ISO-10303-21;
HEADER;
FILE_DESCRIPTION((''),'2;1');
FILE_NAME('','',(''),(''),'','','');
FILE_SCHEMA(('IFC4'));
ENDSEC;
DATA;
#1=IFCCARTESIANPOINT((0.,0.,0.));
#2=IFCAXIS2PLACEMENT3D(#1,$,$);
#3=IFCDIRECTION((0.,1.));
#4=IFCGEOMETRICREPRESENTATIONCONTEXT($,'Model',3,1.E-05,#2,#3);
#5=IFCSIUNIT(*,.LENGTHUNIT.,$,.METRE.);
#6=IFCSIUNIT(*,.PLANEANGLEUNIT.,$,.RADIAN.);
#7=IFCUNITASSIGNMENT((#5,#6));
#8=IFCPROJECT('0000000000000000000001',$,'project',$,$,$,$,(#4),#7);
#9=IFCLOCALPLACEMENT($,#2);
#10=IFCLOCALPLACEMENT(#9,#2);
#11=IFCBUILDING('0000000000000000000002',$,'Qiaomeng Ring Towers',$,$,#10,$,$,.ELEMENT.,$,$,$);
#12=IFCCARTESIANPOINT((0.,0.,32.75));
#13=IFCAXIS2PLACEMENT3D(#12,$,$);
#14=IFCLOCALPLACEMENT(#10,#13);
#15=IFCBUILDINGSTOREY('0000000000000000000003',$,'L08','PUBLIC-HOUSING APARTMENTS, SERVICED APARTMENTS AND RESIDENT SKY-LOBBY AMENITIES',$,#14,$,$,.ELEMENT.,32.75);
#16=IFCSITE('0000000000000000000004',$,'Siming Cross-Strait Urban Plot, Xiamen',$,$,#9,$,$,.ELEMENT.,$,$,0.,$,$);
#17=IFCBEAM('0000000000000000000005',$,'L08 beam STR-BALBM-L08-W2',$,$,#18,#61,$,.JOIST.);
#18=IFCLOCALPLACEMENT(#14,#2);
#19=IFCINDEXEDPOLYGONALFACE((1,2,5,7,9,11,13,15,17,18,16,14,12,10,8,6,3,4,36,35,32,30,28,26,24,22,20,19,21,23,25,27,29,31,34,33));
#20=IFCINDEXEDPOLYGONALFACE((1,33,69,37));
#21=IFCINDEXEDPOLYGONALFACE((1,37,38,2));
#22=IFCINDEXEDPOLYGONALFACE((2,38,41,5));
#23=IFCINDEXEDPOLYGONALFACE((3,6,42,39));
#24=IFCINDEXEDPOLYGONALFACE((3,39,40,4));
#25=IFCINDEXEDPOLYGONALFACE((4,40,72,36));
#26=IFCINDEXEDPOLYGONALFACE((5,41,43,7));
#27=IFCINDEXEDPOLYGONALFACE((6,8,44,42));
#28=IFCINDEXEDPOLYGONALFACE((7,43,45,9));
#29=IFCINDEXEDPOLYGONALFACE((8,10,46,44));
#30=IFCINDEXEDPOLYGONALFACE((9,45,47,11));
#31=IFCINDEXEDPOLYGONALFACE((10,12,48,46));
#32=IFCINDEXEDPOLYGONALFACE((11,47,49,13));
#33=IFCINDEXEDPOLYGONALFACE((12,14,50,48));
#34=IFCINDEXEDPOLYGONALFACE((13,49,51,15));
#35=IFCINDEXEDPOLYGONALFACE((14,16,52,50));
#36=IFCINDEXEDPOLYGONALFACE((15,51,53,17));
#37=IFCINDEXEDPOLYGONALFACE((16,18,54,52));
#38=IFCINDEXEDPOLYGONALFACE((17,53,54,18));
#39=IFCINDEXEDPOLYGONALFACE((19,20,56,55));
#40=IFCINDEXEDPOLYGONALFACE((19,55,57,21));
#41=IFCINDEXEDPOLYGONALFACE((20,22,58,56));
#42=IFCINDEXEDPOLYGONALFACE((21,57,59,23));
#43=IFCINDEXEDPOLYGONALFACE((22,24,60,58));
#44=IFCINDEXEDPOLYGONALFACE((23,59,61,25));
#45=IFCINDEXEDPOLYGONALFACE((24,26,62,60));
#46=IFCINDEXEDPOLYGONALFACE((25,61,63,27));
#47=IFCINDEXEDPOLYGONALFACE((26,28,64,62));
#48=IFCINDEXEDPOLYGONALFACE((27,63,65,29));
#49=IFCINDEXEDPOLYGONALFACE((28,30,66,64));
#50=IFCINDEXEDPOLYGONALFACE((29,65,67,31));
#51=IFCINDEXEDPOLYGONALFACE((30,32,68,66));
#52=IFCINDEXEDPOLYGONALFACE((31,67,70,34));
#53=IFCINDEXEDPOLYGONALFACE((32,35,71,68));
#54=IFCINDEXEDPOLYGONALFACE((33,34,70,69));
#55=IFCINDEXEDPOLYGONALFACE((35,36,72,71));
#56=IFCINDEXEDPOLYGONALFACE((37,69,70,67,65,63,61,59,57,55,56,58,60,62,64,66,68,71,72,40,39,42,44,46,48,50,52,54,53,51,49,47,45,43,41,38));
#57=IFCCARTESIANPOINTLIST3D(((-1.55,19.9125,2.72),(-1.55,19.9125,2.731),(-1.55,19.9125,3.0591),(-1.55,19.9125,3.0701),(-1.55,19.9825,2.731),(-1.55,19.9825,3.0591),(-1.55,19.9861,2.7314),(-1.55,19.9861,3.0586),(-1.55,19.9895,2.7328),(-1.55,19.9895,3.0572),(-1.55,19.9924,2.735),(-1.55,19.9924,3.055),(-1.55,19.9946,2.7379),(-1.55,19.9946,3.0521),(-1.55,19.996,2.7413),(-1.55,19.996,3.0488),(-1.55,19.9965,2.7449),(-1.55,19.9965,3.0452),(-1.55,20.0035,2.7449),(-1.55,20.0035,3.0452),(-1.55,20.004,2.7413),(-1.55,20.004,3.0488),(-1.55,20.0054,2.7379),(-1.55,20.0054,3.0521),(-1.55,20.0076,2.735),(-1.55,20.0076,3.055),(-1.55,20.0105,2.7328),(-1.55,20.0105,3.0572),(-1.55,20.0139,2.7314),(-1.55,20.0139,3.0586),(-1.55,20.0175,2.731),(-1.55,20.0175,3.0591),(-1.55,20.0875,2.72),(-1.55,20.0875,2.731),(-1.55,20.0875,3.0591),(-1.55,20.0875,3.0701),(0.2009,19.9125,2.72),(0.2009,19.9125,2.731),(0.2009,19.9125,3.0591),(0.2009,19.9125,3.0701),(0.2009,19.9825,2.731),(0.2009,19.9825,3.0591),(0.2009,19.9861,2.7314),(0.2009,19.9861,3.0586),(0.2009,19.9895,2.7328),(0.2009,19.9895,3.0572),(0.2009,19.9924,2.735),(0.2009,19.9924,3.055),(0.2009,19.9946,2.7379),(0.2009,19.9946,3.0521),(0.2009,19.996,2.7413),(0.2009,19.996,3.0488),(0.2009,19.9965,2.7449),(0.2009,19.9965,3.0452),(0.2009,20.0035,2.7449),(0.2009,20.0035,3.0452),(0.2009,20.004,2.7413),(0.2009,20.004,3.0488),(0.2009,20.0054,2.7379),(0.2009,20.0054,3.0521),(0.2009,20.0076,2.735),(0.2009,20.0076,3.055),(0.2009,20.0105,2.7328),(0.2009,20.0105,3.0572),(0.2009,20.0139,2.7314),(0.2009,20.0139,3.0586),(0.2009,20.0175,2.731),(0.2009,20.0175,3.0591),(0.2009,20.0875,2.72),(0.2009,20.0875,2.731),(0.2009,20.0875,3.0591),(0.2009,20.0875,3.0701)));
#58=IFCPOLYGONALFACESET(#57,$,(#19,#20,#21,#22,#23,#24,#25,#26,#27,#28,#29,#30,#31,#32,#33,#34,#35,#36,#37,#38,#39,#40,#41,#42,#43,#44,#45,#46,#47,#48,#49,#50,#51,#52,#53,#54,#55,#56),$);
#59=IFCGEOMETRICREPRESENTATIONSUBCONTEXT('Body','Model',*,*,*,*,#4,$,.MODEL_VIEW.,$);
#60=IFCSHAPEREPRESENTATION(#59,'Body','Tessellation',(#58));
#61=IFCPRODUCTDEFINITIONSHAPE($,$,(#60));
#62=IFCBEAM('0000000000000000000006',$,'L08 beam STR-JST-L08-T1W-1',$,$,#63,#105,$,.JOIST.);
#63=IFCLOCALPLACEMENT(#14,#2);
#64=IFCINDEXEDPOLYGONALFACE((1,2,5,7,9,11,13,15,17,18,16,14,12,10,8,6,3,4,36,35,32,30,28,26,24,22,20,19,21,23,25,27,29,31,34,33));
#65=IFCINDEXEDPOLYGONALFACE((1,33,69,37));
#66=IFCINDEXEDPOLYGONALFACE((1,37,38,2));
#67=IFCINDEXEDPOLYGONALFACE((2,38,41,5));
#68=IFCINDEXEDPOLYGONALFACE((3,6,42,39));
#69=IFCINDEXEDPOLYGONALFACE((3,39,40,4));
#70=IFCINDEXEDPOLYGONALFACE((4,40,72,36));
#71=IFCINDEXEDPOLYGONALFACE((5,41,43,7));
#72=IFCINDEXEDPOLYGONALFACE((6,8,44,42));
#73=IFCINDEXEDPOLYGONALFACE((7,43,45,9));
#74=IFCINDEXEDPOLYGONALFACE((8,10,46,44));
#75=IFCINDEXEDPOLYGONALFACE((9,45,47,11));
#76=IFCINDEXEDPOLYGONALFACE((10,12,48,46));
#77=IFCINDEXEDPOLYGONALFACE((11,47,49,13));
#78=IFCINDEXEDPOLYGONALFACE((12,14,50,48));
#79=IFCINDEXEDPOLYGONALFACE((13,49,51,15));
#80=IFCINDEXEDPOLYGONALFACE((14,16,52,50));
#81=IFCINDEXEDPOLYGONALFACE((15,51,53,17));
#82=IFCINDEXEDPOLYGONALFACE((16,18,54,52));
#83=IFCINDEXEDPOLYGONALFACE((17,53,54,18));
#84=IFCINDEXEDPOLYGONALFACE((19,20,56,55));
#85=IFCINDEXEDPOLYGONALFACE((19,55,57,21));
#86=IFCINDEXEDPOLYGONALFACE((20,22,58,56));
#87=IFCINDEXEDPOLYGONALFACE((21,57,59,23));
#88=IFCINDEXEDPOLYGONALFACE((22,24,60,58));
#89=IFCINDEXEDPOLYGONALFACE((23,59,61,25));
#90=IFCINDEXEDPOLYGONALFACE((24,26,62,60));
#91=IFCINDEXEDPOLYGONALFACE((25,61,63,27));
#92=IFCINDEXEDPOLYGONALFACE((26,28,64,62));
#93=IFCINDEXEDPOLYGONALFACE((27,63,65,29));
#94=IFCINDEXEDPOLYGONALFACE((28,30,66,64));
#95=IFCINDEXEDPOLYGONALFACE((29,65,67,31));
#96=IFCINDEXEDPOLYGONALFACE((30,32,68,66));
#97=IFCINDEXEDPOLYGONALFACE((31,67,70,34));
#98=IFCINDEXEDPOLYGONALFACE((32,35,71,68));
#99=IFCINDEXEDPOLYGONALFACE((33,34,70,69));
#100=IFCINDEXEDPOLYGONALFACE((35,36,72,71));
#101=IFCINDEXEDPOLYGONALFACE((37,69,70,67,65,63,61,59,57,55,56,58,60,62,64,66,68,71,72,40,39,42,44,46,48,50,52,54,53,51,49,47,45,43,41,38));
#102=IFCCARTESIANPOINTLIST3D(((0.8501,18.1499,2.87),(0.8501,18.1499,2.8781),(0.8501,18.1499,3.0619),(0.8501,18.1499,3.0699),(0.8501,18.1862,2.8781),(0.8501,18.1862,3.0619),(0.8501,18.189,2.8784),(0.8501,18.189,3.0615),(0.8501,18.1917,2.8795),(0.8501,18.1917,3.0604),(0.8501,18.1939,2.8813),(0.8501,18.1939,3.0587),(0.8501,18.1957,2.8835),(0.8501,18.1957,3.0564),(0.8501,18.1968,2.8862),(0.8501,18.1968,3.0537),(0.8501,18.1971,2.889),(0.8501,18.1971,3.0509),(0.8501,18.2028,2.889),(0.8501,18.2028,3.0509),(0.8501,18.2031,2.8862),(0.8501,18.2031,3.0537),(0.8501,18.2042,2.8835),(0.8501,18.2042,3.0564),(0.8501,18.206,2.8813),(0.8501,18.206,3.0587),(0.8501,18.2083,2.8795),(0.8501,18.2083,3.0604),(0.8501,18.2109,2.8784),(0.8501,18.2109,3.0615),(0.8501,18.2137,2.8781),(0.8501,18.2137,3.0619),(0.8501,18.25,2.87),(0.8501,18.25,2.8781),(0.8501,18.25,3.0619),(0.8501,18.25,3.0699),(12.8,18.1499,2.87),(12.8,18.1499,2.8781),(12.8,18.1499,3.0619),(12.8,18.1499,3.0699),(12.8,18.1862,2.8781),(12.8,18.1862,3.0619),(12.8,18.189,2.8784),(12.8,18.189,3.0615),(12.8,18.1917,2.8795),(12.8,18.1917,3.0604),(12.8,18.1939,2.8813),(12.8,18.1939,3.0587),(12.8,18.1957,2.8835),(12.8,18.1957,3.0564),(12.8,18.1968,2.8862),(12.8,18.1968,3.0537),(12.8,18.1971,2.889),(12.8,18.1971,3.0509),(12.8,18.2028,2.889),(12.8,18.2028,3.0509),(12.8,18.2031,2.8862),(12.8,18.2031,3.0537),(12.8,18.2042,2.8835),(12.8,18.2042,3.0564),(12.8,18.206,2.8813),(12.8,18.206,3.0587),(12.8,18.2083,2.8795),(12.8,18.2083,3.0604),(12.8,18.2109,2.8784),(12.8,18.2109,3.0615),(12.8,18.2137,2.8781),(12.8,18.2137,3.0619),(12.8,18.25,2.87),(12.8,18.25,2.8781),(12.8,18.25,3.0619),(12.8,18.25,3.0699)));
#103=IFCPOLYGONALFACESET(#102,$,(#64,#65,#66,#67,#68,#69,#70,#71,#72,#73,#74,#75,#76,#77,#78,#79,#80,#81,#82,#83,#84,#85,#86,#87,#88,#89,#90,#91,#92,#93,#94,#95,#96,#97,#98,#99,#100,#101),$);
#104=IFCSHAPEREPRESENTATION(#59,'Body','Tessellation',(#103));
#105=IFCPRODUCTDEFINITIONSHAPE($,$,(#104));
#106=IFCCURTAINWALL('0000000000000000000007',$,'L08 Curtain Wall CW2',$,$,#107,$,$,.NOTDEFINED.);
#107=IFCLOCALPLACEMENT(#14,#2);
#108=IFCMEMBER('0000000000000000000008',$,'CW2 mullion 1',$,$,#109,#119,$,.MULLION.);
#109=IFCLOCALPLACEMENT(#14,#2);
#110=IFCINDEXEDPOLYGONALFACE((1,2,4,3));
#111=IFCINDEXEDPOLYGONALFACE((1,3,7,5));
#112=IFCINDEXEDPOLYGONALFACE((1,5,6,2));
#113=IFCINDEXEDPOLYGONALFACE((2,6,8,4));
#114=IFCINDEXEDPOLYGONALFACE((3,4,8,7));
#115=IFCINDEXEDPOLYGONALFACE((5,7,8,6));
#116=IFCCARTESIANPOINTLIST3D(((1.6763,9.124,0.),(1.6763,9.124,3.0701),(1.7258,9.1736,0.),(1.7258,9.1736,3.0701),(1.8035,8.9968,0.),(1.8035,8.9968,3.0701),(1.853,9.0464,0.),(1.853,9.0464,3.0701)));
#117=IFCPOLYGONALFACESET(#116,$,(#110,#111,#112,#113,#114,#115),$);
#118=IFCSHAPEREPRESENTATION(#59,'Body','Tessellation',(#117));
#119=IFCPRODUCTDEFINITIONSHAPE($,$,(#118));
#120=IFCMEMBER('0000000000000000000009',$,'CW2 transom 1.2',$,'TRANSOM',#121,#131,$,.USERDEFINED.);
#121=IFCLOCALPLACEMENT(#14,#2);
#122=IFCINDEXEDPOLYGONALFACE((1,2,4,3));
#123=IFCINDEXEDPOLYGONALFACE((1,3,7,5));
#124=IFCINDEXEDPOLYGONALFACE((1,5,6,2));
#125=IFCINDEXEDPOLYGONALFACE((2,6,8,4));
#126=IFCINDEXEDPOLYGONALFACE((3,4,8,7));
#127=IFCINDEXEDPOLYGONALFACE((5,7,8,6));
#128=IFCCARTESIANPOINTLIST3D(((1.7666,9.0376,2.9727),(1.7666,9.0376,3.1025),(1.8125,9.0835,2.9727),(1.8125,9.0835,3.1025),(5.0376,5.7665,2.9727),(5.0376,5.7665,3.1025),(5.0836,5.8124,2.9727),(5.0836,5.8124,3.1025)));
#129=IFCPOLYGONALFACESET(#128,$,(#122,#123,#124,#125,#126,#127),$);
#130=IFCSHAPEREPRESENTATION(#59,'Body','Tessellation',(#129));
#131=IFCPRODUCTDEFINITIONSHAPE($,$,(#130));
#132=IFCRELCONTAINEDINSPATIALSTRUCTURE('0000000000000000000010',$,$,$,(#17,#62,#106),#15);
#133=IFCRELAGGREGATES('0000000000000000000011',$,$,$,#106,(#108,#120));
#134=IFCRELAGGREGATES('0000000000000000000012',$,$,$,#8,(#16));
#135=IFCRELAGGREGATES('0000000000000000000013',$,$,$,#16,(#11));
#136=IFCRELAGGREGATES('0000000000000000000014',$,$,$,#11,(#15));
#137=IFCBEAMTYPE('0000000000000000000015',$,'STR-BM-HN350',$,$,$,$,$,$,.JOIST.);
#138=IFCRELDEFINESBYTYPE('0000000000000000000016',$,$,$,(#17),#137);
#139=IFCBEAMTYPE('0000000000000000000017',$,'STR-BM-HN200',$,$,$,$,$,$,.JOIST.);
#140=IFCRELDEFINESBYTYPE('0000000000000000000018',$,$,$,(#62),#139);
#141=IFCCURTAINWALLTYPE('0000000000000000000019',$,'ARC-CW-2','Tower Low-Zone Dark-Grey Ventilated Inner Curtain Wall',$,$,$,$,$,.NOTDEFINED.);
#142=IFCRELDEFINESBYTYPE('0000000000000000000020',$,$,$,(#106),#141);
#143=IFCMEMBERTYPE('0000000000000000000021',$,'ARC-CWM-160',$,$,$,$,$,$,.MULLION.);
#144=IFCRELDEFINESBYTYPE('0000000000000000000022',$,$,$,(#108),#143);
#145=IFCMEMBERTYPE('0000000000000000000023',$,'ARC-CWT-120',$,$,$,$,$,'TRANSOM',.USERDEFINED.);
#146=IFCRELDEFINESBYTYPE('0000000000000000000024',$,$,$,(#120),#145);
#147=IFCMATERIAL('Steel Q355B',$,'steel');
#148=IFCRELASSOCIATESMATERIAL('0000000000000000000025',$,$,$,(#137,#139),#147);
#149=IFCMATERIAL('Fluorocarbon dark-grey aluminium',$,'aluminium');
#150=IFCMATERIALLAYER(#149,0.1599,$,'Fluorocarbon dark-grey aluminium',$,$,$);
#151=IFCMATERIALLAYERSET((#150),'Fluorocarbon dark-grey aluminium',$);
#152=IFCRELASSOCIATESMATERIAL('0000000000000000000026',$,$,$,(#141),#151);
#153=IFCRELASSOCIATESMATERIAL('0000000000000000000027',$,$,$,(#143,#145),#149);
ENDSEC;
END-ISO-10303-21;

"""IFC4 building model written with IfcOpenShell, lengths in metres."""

from ifc_helpers import new_model, si_unit, direction, frame, origin, origin_2d, place, context, subcontext, project, spatial, rectangle, i_section, extrude, source, transform, mapped, material, layer, layer_set, material_profile, profile_set, type_object, element, aggregate, save


model = new_model("IFC4")

# Units and contexts
model_context = context("Model", 3, precision=1e-05, world=origin(), true_north=direction((0.0, 1.0)))
body_context = subcontext(model_context, "Body", "Model", "MODEL_VIEW")
ifc_project = project(units=[si_unit("LENGTHUNIT", "METRE"), si_unit("PLANEANGLEUNIT", "RADIAN")], contexts=[model_context])

# Site, building, storey
site_placement = place(None, origin())
site = spatial("IfcSite", under=ifc_project, at=site_placement, Name="Siming Cross-Strait Urban Plot, Xiamen", CompositionType="ELEMENT", RefElevation=0.0)
building_placement = place(site_placement, origin())
building = spatial("IfcBuilding", under=site, at=building_placement, Name="Qiaomeng Ring Towers", CompositionType="ELEMENT")
storey_placement = place(building_placement, frame((0.0, 0.0, 32.75)))
storey = spatial("IfcBuildingStorey", under=building, at=storey_placement, Name="L08", Description="PUBLIC-HOUSING APARTMENTS, SERVICED APARTMENTS AND RESIDENT SKY-LOBBY AMENITIES", CompositionType="ELEMENT", Elevation=32.75)

# Beams
ifc_material_1 = material(Name="Steel Q355B", Category="steel")
ifc_material_profile_1 = material_profile(ifc_material_1, i_section(OverallWidth=0.175, OverallDepth=0.3501, WebThickness=0.0071, FlangeThickness=0.011, FilletRadius=0.0139, at=origin_2d()), Name="HN 350x175x7x11")
ifc_profile_set_1 = profile_set([ifc_material_profile_1], Name="Steel Q355B")
beam_type_1 = type_object("IfcBeamType", Name="STR-BM-HN350", PredefinedType="JOIST", material=ifc_profile_set_1)
shared_shape_1 = source(origin(), body_context, "Body", "SweptSolid", [
    extrude(i_section(OverallWidth=0.175, OverallDepth=0.3501, WebThickness=0.0071, FlangeThickness=0.011, FilletRadius=0.0139, at=origin_2d()), origin(), (0.0, 0.0, 1.0), 1.751),
])
beam_1_placement = place(storey_placement, frame((-1.55, 20.0, 2.895), z_axis=(1.0, 0.0, 0.0), x_axis=(0.0, 1.0, 0.0)))
element("IfcBeam", 1, at=beam_1_placement, inside=storey, type_object=beam_type_1, Name="L08 beam STR-BALBM-L08-W2", PredefinedType="JOIST", context=body_context, shape_type="MappedRepresentation", body=[
    mapped(shared_shape_1, transform((0.0, 0.0, 0.0), x_axis=(1.0, 0.0, 0.0), y_axis=(0.0, 1.0, 0.0), z_axis=(0.0, 0.0, 1.0), scale=1.0)),
])
ifc_material_profile_2 = material_profile(ifc_material_1, i_section(OverallWidth=0.1001, OverallDepth=0.2, WebThickness=0.0056, FlangeThickness=0.0081, FilletRadius=0.011, at=origin_2d()), Name="HN 200x100x5.5x8")
ifc_profile_set_2 = profile_set([ifc_material_profile_2], Name="Steel Q355B")
beam_type_2 = type_object("IfcBeamType", Name="STR-BM-HN200", PredefinedType="JOIST", material=ifc_profile_set_2)
shared_shape_2 = source(origin(), body_context, "Body", "SweptSolid", [
    extrude(i_section(OverallWidth=0.1001, OverallDepth=0.2, WebThickness=0.0056, FlangeThickness=0.0081, FilletRadius=0.011, at=origin_2d()), origin(), (0.0, 0.0, 1.0), 11.95),
])
beam_2_placement = place(storey_placement, frame((0.8501, 18.2, 2.97), z_axis=(1.0, 0.0, 0.0), x_axis=(0.0, 1.0, 0.0)))
element("IfcBeam", 2, at=beam_2_placement, inside=storey, type_object=beam_type_2, Name="L08 beam STR-JST-L08-T1W-1", PredefinedType="JOIST", context=body_context, shape_type="MappedRepresentation", body=[
    mapped(shared_shape_2, transform((0.0, 0.0, 0.0), x_axis=(1.0, 0.0, 0.0), y_axis=(0.0, 1.0, 0.0), z_axis=(0.0, 0.0, 1.0), scale=1.0)),
])

# Curtain wall, members
ifc_material_2 = material(Name="Fluorocarbon dark-grey aluminium", Category="aluminium")
ifc_layer_1 = layer(ifc_material_2, 0.1599, Name="Fluorocarbon dark-grey aluminium")
ifc_layer_set_1 = layer_set([ifc_layer_1], Name="Fluorocarbon dark-grey aluminium")
curtain_wall_type = type_object("IfcCurtainWallType", Name="ARC-CW-2", Description="Tower Low-Zone Dark-Grey Ventilated Inner Curtain Wall", PredefinedType="NOTDEFINED", material=ifc_layer_set_1)
curtain_wall_placement = place(storey_placement, origin())
curtain_wall = element("IfcCurtainWall", 3, at=curtain_wall_placement, inside=storey, type_object=curtain_wall_type, Name="L08 Curtain Wall CW2", PredefinedType="NOTDEFINED")
ifc_material_profile_3 = material_profile(ifc_material_2, rectangle(XDim=0.0701, YDim=0.1799, at=origin_2d()), Name="ALU MULL 70x180")
ifc_profile_set_3 = profile_set([ifc_material_profile_3], Name="Fluorocarbon dark-grey aluminium")
member_type_1 = type_object("IfcMemberType", Name="ARC-CWM-160", PredefinedType="MULLION", material=ifc_profile_set_3)
shared_shape_3 = source(origin(), body_context, "Body", "SweptSolid", [
    extrude(rectangle(XDim=0.0701, YDim=0.1799, at=origin_2d()), origin(), (0.0, 0.0, 1.0), 3.0701),
])
member_1_placement = place(storey_placement, frame((1.7646, 9.0852, 0.0), z_axis=(0.0, 0.0, 1.0), x_axis=(0.707107, 0.707107, 0.0)))
member_1 = element("IfcMember", 4, at=member_1_placement, type_object=member_type_1, Name="CW2 mullion 1", PredefinedType="MULLION", context=body_context, shape_type="MappedRepresentation", body=[
    mapped(shared_shape_3, transform((0.0, 0.0, 0.0), x_axis=(1.0, 0.0, 0.0), y_axis=(0.0, 1.0, 0.0), z_axis=(0.0, 0.0, 1.0), scale=1.0)),
])
ifc_material_profile_4 = material_profile(ifc_material_2, rectangle(XDim=0.0649, YDim=0.1299, at=origin_2d()), Name="ALU TRAN 65x130")
ifc_profile_set_4 = profile_set([ifc_material_profile_4], Name="Fluorocarbon dark-grey aluminium")
member_type_2 = type_object("IfcMemberType", Name="ARC-CWT-120", ElementType="TRANSOM", PredefinedType="USERDEFINED", material=ifc_profile_set_4)
shared_shape_4 = source(origin(), body_context, "Body", "SweptSolid", [
    extrude(rectangle(XDim=0.0649, YDim=0.1299, at=origin_2d()), origin(), (0.0, 0.0, 1.0), 4.626),
])
member_2_placement = place(storey_placement, frame((1.7896, 9.0605, 3.0376), z_axis=(0.707107, -0.707107, 0.0), x_axis=(0.707107, 0.707107, 0.0)))
member_2 = element("IfcMember", 5, at=member_2_placement, type_object=member_type_2, Name="CW2 transom 1.2", ObjectType="TRANSOM", PredefinedType="USERDEFINED", context=body_context, shape_type="MappedRepresentation", body=[
    mapped(shared_shape_4, transform((0.0, 0.0, 0.0), x_axis=(1.0, 0.0, 0.0), y_axis=(0.0, 1.0, 0.0), z_axis=(0.0, 0.0, 1.0), scale=1.0)),
])
aggregate(curtain_wall, [member_1, member_2])

save(model, "model.ifc")
